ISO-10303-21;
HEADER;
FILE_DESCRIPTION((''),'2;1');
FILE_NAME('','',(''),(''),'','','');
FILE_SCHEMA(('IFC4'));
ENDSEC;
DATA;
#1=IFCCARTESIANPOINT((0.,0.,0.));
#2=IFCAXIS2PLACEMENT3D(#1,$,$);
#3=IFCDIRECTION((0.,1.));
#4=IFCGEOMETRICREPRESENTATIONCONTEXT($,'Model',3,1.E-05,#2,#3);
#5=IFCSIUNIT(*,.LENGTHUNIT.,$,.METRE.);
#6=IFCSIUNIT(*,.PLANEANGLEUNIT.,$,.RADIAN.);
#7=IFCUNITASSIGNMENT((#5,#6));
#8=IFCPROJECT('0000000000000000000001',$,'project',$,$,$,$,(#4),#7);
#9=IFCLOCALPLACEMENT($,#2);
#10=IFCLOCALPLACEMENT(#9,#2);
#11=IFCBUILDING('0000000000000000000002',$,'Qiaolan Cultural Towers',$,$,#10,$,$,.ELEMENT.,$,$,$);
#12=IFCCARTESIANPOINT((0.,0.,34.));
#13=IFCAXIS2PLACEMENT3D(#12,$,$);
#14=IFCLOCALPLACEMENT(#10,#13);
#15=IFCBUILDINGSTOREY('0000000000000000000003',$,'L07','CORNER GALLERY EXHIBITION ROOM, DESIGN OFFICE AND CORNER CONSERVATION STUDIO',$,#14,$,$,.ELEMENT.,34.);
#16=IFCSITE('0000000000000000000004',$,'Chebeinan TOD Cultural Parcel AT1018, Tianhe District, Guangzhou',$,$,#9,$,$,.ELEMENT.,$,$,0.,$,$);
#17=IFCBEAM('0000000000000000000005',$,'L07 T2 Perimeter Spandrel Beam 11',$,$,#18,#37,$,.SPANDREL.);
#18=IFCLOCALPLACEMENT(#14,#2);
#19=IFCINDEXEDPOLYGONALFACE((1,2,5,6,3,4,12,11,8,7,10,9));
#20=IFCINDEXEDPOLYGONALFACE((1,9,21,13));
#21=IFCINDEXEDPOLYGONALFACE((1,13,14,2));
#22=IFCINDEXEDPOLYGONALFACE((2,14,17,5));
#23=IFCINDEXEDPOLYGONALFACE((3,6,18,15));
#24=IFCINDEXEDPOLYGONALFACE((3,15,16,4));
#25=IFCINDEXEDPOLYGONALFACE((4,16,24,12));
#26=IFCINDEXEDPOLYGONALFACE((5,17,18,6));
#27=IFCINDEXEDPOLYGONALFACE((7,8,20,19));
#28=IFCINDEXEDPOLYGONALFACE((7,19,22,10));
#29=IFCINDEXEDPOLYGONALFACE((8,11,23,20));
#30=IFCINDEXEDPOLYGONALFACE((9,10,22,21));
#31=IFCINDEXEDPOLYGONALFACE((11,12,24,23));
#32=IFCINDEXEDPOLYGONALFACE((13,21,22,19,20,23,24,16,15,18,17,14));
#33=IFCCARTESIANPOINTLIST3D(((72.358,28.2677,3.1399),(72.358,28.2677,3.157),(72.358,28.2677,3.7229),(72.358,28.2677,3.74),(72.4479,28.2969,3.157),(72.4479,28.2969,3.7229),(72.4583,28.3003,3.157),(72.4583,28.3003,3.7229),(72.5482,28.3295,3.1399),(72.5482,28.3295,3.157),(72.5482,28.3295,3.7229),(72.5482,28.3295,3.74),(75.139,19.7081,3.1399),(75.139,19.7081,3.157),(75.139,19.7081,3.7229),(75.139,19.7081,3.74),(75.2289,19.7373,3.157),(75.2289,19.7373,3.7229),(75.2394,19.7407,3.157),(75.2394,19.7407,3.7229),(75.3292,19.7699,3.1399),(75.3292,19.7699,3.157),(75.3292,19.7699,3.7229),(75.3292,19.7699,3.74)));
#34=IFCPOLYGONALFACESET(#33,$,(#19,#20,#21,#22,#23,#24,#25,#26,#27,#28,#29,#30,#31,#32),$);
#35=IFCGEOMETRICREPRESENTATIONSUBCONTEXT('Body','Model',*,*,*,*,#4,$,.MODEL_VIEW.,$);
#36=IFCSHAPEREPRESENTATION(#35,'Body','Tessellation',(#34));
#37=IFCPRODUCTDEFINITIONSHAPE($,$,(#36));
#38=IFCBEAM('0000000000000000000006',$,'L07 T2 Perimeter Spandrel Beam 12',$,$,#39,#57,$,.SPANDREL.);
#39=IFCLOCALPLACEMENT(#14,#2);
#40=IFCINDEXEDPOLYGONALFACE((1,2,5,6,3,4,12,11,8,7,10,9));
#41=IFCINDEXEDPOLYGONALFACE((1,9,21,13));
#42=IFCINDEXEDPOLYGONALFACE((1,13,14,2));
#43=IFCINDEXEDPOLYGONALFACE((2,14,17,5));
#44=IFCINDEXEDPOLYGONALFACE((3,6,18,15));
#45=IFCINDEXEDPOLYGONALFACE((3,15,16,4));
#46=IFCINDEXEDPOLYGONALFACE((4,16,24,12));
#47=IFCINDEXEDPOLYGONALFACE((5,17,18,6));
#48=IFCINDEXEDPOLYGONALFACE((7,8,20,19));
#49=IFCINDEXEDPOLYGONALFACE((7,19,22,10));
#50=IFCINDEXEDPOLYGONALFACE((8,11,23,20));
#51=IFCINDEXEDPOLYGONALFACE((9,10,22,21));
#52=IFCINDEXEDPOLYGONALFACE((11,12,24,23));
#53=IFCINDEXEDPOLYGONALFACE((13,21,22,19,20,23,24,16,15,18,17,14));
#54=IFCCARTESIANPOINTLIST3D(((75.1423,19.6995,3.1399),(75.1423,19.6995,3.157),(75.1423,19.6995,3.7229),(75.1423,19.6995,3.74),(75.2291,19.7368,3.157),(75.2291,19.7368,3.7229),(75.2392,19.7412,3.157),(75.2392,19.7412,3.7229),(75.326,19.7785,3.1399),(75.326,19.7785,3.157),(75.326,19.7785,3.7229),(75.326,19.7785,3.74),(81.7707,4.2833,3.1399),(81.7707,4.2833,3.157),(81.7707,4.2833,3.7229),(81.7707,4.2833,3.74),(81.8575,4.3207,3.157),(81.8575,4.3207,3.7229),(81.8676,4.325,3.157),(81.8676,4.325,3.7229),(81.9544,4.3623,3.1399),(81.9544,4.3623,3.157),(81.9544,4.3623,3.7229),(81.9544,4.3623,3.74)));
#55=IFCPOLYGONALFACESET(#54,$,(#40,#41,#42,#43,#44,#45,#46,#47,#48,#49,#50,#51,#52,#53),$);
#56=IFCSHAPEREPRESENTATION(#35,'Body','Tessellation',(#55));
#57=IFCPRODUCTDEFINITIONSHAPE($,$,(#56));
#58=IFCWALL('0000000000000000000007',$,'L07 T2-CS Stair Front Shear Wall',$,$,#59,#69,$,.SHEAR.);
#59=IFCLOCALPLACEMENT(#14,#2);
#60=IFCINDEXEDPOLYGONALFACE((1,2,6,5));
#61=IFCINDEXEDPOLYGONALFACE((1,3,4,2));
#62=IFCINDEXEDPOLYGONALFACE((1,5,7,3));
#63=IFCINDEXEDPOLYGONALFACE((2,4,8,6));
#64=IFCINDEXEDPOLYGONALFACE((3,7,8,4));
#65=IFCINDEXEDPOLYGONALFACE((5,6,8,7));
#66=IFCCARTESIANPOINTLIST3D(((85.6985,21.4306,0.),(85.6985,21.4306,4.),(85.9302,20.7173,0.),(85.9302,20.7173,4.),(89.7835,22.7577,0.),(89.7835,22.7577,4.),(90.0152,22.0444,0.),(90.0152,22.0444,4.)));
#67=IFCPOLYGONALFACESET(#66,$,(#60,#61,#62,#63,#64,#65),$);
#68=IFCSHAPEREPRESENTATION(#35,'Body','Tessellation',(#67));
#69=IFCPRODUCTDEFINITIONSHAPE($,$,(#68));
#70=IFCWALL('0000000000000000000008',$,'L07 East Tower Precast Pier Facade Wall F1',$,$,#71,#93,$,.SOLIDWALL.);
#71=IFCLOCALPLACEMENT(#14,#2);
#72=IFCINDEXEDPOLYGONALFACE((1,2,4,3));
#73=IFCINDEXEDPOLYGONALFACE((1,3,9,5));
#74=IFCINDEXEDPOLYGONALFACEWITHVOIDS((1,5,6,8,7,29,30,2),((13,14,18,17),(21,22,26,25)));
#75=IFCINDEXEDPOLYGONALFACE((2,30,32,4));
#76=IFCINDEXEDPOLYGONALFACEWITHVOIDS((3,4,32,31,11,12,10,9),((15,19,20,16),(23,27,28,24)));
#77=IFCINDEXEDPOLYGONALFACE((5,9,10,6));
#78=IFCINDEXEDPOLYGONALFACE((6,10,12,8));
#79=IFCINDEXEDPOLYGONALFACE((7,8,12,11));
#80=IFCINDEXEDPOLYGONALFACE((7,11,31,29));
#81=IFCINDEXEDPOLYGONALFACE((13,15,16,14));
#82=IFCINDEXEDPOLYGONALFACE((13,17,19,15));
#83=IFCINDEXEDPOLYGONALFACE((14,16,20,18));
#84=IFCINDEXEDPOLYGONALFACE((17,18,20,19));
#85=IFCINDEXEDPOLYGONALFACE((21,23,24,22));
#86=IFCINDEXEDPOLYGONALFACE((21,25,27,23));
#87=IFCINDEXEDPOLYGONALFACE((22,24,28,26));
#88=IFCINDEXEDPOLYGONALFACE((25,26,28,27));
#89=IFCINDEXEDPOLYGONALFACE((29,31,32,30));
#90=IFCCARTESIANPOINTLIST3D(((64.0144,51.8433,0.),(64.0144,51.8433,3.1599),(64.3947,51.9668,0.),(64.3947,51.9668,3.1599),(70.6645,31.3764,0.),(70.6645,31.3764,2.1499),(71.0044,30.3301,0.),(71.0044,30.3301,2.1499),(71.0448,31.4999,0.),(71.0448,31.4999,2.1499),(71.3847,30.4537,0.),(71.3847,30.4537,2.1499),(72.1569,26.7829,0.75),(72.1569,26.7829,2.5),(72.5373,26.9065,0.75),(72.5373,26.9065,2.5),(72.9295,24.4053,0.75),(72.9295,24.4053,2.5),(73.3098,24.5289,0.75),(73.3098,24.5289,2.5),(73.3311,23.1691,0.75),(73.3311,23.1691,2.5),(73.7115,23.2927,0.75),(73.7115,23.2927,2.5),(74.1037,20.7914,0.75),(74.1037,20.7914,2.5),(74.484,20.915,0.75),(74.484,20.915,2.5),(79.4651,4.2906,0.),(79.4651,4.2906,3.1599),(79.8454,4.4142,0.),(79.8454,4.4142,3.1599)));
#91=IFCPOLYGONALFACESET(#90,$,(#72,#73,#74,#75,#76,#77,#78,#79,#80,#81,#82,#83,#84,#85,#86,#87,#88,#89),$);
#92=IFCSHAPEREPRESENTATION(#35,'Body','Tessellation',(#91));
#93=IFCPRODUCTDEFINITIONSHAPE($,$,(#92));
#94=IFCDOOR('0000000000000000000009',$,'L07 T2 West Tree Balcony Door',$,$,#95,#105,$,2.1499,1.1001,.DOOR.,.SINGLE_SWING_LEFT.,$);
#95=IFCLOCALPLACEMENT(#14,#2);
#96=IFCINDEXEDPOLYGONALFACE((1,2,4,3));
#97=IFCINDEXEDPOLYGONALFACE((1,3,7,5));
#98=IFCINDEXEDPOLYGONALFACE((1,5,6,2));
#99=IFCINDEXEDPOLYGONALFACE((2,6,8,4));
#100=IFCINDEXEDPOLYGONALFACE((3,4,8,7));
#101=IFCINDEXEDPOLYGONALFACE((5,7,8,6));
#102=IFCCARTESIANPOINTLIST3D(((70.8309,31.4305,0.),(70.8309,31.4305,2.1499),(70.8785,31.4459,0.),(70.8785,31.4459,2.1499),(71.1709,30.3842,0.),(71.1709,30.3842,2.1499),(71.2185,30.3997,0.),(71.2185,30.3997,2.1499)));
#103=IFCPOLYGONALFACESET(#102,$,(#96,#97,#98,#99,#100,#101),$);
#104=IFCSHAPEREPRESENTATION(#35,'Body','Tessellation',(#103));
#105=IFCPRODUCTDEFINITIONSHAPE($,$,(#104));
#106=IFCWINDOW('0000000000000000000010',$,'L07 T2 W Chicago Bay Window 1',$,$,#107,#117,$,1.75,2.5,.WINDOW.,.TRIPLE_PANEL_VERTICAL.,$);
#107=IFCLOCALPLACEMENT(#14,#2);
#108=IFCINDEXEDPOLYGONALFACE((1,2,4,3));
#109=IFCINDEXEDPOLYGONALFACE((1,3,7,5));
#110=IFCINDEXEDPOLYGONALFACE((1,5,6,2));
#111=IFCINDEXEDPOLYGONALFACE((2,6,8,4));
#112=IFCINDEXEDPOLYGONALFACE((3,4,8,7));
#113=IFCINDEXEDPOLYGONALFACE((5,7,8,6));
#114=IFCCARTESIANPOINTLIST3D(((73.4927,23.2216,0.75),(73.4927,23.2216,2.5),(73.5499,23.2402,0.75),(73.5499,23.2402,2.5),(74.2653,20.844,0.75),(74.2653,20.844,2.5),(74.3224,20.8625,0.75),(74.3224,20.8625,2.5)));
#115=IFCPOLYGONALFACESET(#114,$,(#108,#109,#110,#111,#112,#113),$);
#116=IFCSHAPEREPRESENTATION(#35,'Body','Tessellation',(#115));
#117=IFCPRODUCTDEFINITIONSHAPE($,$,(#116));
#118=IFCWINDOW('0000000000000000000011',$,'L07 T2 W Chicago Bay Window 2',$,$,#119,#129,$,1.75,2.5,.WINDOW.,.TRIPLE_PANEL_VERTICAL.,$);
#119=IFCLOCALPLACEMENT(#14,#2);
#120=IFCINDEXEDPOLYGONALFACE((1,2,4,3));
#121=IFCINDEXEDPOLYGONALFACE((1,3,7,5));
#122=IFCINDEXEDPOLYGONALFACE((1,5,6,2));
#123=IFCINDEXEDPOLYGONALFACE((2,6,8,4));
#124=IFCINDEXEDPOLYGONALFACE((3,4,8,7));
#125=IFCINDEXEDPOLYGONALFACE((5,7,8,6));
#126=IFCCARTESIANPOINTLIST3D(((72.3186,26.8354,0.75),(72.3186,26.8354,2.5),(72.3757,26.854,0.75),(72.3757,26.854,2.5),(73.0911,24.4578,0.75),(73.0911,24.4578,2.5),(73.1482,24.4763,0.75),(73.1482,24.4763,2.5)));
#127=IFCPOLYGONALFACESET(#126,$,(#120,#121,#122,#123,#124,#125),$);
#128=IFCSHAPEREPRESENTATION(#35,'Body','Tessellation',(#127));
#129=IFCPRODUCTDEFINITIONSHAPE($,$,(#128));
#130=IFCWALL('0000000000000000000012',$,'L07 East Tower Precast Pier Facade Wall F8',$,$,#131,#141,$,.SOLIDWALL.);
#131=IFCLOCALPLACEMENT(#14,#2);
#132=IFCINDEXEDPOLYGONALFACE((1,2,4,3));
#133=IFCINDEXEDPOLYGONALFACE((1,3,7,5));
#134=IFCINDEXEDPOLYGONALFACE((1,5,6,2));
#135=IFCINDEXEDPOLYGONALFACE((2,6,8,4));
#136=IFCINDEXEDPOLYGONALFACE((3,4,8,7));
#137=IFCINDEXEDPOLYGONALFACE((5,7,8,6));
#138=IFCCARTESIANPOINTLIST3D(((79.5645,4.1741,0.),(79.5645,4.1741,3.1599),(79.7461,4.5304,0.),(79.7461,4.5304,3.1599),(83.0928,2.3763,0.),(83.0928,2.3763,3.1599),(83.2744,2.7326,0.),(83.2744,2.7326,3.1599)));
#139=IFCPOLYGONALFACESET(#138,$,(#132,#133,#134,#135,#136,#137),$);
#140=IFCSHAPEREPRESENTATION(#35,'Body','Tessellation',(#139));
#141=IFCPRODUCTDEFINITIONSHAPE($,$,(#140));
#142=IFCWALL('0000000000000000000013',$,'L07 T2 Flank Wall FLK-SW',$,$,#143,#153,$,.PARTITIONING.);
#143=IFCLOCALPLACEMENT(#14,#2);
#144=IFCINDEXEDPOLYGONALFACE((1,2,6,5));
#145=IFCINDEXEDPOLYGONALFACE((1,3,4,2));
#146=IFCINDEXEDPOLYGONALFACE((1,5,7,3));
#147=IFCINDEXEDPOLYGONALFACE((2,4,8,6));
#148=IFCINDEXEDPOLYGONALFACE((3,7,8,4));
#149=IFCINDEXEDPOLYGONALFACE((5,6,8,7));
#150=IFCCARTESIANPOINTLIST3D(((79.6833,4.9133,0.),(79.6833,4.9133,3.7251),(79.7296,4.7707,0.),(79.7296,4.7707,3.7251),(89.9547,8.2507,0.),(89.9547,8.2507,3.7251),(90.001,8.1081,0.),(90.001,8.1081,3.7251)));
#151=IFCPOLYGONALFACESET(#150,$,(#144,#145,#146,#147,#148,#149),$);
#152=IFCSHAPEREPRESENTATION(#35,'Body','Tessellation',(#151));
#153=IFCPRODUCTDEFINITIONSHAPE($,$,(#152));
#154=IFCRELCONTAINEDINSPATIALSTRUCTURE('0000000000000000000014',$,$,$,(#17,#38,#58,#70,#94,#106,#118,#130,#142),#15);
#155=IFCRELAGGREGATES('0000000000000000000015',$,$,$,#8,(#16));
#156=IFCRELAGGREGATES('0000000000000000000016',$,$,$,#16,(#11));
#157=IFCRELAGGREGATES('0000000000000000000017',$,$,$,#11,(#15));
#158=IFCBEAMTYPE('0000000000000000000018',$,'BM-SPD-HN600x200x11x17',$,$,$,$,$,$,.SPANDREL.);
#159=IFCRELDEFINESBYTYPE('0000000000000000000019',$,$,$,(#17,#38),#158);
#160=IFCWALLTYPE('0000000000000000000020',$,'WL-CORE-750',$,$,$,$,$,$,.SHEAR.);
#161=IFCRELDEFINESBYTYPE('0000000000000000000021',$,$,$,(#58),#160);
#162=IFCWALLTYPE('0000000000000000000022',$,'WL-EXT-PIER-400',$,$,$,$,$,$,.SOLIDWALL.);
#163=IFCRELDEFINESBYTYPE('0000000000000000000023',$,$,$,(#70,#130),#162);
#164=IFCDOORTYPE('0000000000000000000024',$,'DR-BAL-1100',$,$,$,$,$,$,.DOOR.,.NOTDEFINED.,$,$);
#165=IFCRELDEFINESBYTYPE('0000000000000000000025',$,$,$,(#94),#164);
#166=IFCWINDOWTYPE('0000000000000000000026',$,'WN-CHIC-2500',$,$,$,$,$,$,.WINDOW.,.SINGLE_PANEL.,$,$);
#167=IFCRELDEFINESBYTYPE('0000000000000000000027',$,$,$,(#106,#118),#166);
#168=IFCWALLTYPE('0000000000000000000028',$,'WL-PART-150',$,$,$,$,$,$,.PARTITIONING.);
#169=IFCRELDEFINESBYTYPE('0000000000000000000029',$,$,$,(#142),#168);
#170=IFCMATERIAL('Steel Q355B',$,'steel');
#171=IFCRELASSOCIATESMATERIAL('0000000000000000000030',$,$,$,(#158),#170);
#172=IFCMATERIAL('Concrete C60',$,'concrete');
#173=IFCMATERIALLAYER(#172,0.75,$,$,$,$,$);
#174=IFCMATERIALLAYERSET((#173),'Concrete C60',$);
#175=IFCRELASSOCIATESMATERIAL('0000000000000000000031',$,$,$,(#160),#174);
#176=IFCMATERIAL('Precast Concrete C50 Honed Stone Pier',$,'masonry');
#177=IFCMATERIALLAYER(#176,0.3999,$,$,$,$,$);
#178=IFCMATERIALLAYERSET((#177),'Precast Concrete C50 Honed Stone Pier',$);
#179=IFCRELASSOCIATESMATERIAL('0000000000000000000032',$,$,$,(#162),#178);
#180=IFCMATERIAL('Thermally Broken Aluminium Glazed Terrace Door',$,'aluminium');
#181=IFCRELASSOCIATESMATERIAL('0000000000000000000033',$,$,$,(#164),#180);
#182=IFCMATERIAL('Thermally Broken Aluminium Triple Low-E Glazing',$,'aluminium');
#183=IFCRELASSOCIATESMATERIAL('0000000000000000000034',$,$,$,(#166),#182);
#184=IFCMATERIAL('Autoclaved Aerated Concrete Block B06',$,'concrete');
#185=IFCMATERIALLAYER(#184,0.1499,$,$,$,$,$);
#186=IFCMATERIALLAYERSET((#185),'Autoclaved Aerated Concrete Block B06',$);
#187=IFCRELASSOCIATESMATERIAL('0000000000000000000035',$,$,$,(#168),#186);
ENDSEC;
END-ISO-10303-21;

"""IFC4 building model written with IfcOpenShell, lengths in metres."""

from ifc_helpers import new_model, si_unit, direction, frame, frame_2d, origin, origin_2d, place, context, subcontext, project, spatial, rectangle, i_section, extrude, material, layer, layer_set, material_profile, profile_set, type_object, element, fill, save


model = new_model("IFC4")

# Units and contexts
model_context = context("Model", 3, precision=1e-05, world=origin(), true_north=direction((0.0, 1.0)))
body_context = subcontext(model_context, "Body", "Model", "MODEL_VIEW")
ifc_project = project(units=[si_unit("LENGTHUNIT", "METRE"), si_unit("PLANEANGLEUNIT", "RADIAN")], contexts=[model_context])

# Site, building, storey
site_placement = place(None, origin())
site = spatial("IfcSite", under=ifc_project, at=site_placement, Name="Chebeinan TOD Cultural Parcel AT1018, Tianhe District, Guangzhou", CompositionType="ELEMENT", RefElevation=0.0)
building_placement = place(site_placement, origin())
building = spatial("IfcBuilding", under=site, at=building_placement, Name="Qiaolan Cultural Towers", CompositionType="ELEMENT")
storey_placement = place(building_placement, frame((0.0, 0.0, 34.0)))
storey = spatial("IfcBuildingStorey", under=building, at=storey_placement, Name="L07", Description="CORNER GALLERY EXHIBITION ROOM, DESIGN OFFICE AND CORNER CONSERVATION STUDIO", CompositionType="ELEMENT", Elevation=34.0)

# Beams
ifc_material_1 = material(Name="Steel Q355B", Category="steel")
ifc_material_profile_1 = material_profile(ifc_material_1, i_section(OverallWidth=0.2, OverallDepth=0.6001, WebThickness=0.011, FlangeThickness=0.0171, at=origin_2d()), Name="HN600x200x11x17")
ifc_profile_set_1 = profile_set([ifc_material_profile_1], Name="Steel Q355B")
beam_type_1 = type_object("IfcBeamType", Name="BM-SPD-HN600x200x11x17", PredefinedType="SPANDREL", material=ifc_profile_set_1)
beam_1_placement = place(storey_placement, frame((72.4531, 28.2986, 3.4399), z_axis=(0.309, -0.951062, 0.0), x_axis=(0.951062, 0.309, 0.0)))
element("IfcBeam", 1, at=beam_1_placement, inside=storey, type_object=beam_type_1, Name="L07 T2 Perimeter Spandrel Beam 11", PredefinedType="SPANDREL", context=body_context, shape_type="SweptSolid", body=[
    extrude(i_section(OverallWidth=0.2, OverallDepth=0.6001, WebThickness=0.011, FlangeThickness=0.0171, at=origin_2d()), origin(), (0.0, 0.0, 1.0), 9.0),
])
beam_2_placement = place(storey_placement, frame((75.2341, 19.739, 3.4399), z_axis=(0.394999, -0.918682, 0.0), x_axis=(0.918682, 0.394999, 0.0)))
element("IfcBeam", 2, at=beam_2_placement, inside=storey, type_object=beam_type_1, Name="L07 T2 Perimeter Spandrel Beam 12", PredefinedType="SPANDREL", context=body_context, shape_type="SweptSolid", body=[
    extrude(i_section(OverallWidth=0.2, OverallDepth=0.6001, WebThickness=0.011, FlangeThickness=0.0171, at=origin_2d()), origin(), (0.0, 0.0, 1.0), 16.7808),
])

# Wall
ifc_material_2 = material(Name="Concrete C60", Category="concrete")
ifc_layer_1 = layer(ifc_material_2, 0.75)
ifc_layer_set_1 = layer_set([ifc_layer_1], Name="Concrete C60")
wall_type_1 = type_object("IfcWallType", Name="WL-CORE-750", PredefinedType="SHEAR", material=ifc_layer_set_1)
wall_1_placement = place(storey_placement, frame((85.8145, 21.074, 0.0), z_axis=(0.0, 0.0, 1.0), x_axis=(0.951066, 0.308988, 0.0)))
element("IfcWall", 3, at=wall_1_placement, inside=storey, type_object=wall_type_1, Name="L07 T2-CS Stair Front Shear Wall", PredefinedType="SHEAR", context=body_context, shape_type="SweptSolid", body=[
    extrude(rectangle(XDim=4.2952, YDim=0.75, at=frame_2d((2.1475, 0.0))), origin(), (0.0, 0.0, 1.0), 4.0),
])

# Wall, openings, door, windows
ifc_material_3 = material(Name="Precast Concrete C50 Honed Stone Pier", Category="masonry")
ifc_layer_2 = layer(ifc_material_3, 0.3999)
ifc_layer_set_2 = layer_set([ifc_layer_2], Name="Precast Concrete C50 Honed Stone Pier")
wall_type_2 = type_object("IfcWallType", Name="WL-EXT-PIER-400", PredefinedType="SOLIDWALL", material=ifc_layer_set_2)
wall_2_placement = place(storey_placement, frame((79.6553, 4.3523, 0.0), z_axis=(0.0, 0.0, 1.0), x_axis=(-0.309015, 0.951057, 0.0)))
wall_2 = element("IfcWall", 4, at=wall_2_placement, inside=storey, type_object=wall_type_2, Name="L07 East Tower Precast Pier Facade Wall F1", PredefinedType="SOLIDWALL", context=body_context, shape_type="SweptSolid", body=[
    extrude(rectangle(XDim=49.9998, YDim=0.3999, at=frame_2d((25.0, 0.0))), origin(), (0.0, 0.0, 1.0), 3.1599),
])
opening_1_placement = place(wall_2_placement, frame((17.3501, 0.0, 0.75)))
opening_1 = element("IfcOpeningElement", 5, at=opening_1_placement, cuts=wall_2, PredefinedType="OPENING", context=body_context, shape_type="SweptSolid", body=[
    extrude(rectangle(XDim=2.5, YDim=1.75, at=frame_2d((1.25, 0.875))), frame((0.0, 0.21, 0.0), z_axis=(0.0, -1.0, 0.0), x_axis=(1.0, 0.0, 0.0)), (0.0, 0.0, 1.0), 0.4199),
])
opening_2_placement = place(wall_2_placement, frame((21.1499, 0.0, 0.75)))
opening_2 = element("IfcOpeningElement", 6, at=opening_2_placement, cuts=wall_2, PredefinedType="OPENING", context=body_context, shape_type="SweptSolid", body=[
    extrude(rectangle(XDim=2.5, YDim=1.75, at=frame_2d((1.25, 0.875))), frame((0.0, 0.21, 0.0), z_axis=(0.0, -1.0, 0.0), x_axis=(1.0, 0.0, 0.0)), (0.0, 0.0, 1.0), 0.4199),
])
opening_3_placement = place(wall_2_placement, frame((27.3796, 0.0, 0.0)))
opening_3 = element("IfcOpeningElement", 7, at=opening_3_placement, cuts=wall_2, PredefinedType="OPENING", context=body_context, shape_type="SweptSolid", body=[
    extrude(rectangle(XDim=1.1001, YDim=2.1499, at=frame_2d((0.55, 1.075))), frame((0.0, 0.21, 0.0), z_axis=(0.0, -1.0, 0.0), x_axis=(1.0, 0.0, 0.0)), (0.0, 0.0, 1.0), 0.4199),
])
ifc_material_4 = material(Name="Thermally Broken Aluminium Glazed Terrace Door", Category="aluminium")
door_type_1 = type_object("IfcDoorType", Name="DR-BAL-1100", OperationType="NOTDEFINED", PredefinedType="DOOR", material=ifc_material_4)
door_1_placement = place(opening_3_placement, origin())
door_1 = element("IfcDoor", 8, at=door_1_placement, inside=storey, type_object=door_type_1, Name="L07 T2 West Tree Balcony Door", OperationType="SINGLE_SWING_LEFT", OverallHeight=2.1499, OverallWidth=1.1001, PredefinedType="DOOR", context=body_context, shape_type="SweptSolid", body=[
    extrude(rectangle(XDim=1.1001, YDim=2.1499, at=frame_2d((0.55, 1.075))), frame((0.0, 0.0249, 0.0), z_axis=(0.0, -1.0, 0.0), x_axis=(1.0, 0.0, 0.0)), (0.0, 0.0, 1.0), 0.05),
])
fill(opening_3, door_1)
ifc_material_5 = material(Name="Thermally Broken Aluminium Triple Low-E Glazing", Category="aluminium")
window_type = type_object("IfcWindowType", Name="WN-CHIC-2500", PartitioningType="SINGLE_PANEL", PredefinedType="WINDOW", material=ifc_material_5)
window_1_placement = place(opening_1_placement, origin())
window_1 = element("IfcWindow", 9, at=window_1_placement, inside=storey, type_object=window_type, Name="L07 T2 W Chicago Bay Window 1", OverallHeight=1.75, OverallWidth=2.5, PartitioningType="TRIPLE_PANEL_VERTICAL", PredefinedType="WINDOW", context=body_context, shape_type="SweptSolid", body=[
    extrude(rectangle(XDim=2.5, YDim=1.75, at=frame_2d((1.25, 0.875))), frame((0.0, 0.03, 0.0), z_axis=(0.0, -1.0, 0.0), x_axis=(1.0, 0.0, 0.0)), (0.0, 0.0, 1.0), 0.0601),
])
fill(opening_1, window_1)
window_2_placement = place(opening_2_placement, origin())
window_2 = element("IfcWindow", 10, at=window_2_placement, inside=storey, type_object=window_type, Name="L07 T2 W Chicago Bay Window 2", OverallHeight=1.75, OverallWidth=2.5, PartitioningType="TRIPLE_PANEL_VERTICAL", PredefinedType="WINDOW", context=body_context, shape_type="SweptSolid", body=[
    extrude(rectangle(XDim=2.5, YDim=1.75, at=frame_2d((1.25, 0.875))), frame((0.0, 0.03, 0.0), z_axis=(0.0, -1.0, 0.0), x_axis=(1.0, 0.0, 0.0)), (0.0, 0.0, 1.0), 0.0601),
])
fill(opening_2, window_2)

# Walls
wall_3_placement = place(storey_placement, frame((83.1836, 2.5544, 0.0), z_axis=(0.0, 0.0, 1.0), x_axis=(-0.890998, 0.454007, 0.0)))
element("IfcWall", 11, at=wall_3_placement, inside=storey, type_object=wall_type_2, Name="L07 East Tower Precast Pier Facade Wall F8", PredefinedType="SOLIDWALL", context=body_context, shape_type="SweptSolid", body=[
    extrude(rectangle(XDim=3.96, YDim=0.3999, at=frame_2d((1.98, 0.0))), origin(), (0.0, 0.0, 1.0), 3.1599),
])
ifc_material_6 = material(Name="Autoclaved Aerated Concrete Block B06", Category="concrete")
ifc_layer_3 = layer(ifc_material_6, 0.1499)
ifc_layer_set_3 = layer_set([ifc_layer_3], Name="Autoclaved Aerated Concrete Block B06")
wall_type_3 = type_object("IfcWallType", Name="WL-PART-150", PredefinedType="PARTITIONING", material=ifc_layer_set_3)
wall_4_placement = place(storey_placement, frame((79.7065, 4.842, 0.0), z_axis=(0.0, 0.0, 1.0), x_axis=(0.951057, 0.309017, 0.0)))
element("IfcWall", 12, at=wall_4_placement, inside=storey, type_object=wall_type_3, Name="L07 T2 Flank Wall FLK-SW", PredefinedType="PARTITIONING", context=body_context, shape_type="SweptSolid", body=[
    extrude(rectangle(XDim=10.8, YDim=0.1499, at=frame_2d((5.3999, 0.0))), origin(), (0.0, 0.0, 1.0), 3.7251),
])

save(model, "model.ifc")
